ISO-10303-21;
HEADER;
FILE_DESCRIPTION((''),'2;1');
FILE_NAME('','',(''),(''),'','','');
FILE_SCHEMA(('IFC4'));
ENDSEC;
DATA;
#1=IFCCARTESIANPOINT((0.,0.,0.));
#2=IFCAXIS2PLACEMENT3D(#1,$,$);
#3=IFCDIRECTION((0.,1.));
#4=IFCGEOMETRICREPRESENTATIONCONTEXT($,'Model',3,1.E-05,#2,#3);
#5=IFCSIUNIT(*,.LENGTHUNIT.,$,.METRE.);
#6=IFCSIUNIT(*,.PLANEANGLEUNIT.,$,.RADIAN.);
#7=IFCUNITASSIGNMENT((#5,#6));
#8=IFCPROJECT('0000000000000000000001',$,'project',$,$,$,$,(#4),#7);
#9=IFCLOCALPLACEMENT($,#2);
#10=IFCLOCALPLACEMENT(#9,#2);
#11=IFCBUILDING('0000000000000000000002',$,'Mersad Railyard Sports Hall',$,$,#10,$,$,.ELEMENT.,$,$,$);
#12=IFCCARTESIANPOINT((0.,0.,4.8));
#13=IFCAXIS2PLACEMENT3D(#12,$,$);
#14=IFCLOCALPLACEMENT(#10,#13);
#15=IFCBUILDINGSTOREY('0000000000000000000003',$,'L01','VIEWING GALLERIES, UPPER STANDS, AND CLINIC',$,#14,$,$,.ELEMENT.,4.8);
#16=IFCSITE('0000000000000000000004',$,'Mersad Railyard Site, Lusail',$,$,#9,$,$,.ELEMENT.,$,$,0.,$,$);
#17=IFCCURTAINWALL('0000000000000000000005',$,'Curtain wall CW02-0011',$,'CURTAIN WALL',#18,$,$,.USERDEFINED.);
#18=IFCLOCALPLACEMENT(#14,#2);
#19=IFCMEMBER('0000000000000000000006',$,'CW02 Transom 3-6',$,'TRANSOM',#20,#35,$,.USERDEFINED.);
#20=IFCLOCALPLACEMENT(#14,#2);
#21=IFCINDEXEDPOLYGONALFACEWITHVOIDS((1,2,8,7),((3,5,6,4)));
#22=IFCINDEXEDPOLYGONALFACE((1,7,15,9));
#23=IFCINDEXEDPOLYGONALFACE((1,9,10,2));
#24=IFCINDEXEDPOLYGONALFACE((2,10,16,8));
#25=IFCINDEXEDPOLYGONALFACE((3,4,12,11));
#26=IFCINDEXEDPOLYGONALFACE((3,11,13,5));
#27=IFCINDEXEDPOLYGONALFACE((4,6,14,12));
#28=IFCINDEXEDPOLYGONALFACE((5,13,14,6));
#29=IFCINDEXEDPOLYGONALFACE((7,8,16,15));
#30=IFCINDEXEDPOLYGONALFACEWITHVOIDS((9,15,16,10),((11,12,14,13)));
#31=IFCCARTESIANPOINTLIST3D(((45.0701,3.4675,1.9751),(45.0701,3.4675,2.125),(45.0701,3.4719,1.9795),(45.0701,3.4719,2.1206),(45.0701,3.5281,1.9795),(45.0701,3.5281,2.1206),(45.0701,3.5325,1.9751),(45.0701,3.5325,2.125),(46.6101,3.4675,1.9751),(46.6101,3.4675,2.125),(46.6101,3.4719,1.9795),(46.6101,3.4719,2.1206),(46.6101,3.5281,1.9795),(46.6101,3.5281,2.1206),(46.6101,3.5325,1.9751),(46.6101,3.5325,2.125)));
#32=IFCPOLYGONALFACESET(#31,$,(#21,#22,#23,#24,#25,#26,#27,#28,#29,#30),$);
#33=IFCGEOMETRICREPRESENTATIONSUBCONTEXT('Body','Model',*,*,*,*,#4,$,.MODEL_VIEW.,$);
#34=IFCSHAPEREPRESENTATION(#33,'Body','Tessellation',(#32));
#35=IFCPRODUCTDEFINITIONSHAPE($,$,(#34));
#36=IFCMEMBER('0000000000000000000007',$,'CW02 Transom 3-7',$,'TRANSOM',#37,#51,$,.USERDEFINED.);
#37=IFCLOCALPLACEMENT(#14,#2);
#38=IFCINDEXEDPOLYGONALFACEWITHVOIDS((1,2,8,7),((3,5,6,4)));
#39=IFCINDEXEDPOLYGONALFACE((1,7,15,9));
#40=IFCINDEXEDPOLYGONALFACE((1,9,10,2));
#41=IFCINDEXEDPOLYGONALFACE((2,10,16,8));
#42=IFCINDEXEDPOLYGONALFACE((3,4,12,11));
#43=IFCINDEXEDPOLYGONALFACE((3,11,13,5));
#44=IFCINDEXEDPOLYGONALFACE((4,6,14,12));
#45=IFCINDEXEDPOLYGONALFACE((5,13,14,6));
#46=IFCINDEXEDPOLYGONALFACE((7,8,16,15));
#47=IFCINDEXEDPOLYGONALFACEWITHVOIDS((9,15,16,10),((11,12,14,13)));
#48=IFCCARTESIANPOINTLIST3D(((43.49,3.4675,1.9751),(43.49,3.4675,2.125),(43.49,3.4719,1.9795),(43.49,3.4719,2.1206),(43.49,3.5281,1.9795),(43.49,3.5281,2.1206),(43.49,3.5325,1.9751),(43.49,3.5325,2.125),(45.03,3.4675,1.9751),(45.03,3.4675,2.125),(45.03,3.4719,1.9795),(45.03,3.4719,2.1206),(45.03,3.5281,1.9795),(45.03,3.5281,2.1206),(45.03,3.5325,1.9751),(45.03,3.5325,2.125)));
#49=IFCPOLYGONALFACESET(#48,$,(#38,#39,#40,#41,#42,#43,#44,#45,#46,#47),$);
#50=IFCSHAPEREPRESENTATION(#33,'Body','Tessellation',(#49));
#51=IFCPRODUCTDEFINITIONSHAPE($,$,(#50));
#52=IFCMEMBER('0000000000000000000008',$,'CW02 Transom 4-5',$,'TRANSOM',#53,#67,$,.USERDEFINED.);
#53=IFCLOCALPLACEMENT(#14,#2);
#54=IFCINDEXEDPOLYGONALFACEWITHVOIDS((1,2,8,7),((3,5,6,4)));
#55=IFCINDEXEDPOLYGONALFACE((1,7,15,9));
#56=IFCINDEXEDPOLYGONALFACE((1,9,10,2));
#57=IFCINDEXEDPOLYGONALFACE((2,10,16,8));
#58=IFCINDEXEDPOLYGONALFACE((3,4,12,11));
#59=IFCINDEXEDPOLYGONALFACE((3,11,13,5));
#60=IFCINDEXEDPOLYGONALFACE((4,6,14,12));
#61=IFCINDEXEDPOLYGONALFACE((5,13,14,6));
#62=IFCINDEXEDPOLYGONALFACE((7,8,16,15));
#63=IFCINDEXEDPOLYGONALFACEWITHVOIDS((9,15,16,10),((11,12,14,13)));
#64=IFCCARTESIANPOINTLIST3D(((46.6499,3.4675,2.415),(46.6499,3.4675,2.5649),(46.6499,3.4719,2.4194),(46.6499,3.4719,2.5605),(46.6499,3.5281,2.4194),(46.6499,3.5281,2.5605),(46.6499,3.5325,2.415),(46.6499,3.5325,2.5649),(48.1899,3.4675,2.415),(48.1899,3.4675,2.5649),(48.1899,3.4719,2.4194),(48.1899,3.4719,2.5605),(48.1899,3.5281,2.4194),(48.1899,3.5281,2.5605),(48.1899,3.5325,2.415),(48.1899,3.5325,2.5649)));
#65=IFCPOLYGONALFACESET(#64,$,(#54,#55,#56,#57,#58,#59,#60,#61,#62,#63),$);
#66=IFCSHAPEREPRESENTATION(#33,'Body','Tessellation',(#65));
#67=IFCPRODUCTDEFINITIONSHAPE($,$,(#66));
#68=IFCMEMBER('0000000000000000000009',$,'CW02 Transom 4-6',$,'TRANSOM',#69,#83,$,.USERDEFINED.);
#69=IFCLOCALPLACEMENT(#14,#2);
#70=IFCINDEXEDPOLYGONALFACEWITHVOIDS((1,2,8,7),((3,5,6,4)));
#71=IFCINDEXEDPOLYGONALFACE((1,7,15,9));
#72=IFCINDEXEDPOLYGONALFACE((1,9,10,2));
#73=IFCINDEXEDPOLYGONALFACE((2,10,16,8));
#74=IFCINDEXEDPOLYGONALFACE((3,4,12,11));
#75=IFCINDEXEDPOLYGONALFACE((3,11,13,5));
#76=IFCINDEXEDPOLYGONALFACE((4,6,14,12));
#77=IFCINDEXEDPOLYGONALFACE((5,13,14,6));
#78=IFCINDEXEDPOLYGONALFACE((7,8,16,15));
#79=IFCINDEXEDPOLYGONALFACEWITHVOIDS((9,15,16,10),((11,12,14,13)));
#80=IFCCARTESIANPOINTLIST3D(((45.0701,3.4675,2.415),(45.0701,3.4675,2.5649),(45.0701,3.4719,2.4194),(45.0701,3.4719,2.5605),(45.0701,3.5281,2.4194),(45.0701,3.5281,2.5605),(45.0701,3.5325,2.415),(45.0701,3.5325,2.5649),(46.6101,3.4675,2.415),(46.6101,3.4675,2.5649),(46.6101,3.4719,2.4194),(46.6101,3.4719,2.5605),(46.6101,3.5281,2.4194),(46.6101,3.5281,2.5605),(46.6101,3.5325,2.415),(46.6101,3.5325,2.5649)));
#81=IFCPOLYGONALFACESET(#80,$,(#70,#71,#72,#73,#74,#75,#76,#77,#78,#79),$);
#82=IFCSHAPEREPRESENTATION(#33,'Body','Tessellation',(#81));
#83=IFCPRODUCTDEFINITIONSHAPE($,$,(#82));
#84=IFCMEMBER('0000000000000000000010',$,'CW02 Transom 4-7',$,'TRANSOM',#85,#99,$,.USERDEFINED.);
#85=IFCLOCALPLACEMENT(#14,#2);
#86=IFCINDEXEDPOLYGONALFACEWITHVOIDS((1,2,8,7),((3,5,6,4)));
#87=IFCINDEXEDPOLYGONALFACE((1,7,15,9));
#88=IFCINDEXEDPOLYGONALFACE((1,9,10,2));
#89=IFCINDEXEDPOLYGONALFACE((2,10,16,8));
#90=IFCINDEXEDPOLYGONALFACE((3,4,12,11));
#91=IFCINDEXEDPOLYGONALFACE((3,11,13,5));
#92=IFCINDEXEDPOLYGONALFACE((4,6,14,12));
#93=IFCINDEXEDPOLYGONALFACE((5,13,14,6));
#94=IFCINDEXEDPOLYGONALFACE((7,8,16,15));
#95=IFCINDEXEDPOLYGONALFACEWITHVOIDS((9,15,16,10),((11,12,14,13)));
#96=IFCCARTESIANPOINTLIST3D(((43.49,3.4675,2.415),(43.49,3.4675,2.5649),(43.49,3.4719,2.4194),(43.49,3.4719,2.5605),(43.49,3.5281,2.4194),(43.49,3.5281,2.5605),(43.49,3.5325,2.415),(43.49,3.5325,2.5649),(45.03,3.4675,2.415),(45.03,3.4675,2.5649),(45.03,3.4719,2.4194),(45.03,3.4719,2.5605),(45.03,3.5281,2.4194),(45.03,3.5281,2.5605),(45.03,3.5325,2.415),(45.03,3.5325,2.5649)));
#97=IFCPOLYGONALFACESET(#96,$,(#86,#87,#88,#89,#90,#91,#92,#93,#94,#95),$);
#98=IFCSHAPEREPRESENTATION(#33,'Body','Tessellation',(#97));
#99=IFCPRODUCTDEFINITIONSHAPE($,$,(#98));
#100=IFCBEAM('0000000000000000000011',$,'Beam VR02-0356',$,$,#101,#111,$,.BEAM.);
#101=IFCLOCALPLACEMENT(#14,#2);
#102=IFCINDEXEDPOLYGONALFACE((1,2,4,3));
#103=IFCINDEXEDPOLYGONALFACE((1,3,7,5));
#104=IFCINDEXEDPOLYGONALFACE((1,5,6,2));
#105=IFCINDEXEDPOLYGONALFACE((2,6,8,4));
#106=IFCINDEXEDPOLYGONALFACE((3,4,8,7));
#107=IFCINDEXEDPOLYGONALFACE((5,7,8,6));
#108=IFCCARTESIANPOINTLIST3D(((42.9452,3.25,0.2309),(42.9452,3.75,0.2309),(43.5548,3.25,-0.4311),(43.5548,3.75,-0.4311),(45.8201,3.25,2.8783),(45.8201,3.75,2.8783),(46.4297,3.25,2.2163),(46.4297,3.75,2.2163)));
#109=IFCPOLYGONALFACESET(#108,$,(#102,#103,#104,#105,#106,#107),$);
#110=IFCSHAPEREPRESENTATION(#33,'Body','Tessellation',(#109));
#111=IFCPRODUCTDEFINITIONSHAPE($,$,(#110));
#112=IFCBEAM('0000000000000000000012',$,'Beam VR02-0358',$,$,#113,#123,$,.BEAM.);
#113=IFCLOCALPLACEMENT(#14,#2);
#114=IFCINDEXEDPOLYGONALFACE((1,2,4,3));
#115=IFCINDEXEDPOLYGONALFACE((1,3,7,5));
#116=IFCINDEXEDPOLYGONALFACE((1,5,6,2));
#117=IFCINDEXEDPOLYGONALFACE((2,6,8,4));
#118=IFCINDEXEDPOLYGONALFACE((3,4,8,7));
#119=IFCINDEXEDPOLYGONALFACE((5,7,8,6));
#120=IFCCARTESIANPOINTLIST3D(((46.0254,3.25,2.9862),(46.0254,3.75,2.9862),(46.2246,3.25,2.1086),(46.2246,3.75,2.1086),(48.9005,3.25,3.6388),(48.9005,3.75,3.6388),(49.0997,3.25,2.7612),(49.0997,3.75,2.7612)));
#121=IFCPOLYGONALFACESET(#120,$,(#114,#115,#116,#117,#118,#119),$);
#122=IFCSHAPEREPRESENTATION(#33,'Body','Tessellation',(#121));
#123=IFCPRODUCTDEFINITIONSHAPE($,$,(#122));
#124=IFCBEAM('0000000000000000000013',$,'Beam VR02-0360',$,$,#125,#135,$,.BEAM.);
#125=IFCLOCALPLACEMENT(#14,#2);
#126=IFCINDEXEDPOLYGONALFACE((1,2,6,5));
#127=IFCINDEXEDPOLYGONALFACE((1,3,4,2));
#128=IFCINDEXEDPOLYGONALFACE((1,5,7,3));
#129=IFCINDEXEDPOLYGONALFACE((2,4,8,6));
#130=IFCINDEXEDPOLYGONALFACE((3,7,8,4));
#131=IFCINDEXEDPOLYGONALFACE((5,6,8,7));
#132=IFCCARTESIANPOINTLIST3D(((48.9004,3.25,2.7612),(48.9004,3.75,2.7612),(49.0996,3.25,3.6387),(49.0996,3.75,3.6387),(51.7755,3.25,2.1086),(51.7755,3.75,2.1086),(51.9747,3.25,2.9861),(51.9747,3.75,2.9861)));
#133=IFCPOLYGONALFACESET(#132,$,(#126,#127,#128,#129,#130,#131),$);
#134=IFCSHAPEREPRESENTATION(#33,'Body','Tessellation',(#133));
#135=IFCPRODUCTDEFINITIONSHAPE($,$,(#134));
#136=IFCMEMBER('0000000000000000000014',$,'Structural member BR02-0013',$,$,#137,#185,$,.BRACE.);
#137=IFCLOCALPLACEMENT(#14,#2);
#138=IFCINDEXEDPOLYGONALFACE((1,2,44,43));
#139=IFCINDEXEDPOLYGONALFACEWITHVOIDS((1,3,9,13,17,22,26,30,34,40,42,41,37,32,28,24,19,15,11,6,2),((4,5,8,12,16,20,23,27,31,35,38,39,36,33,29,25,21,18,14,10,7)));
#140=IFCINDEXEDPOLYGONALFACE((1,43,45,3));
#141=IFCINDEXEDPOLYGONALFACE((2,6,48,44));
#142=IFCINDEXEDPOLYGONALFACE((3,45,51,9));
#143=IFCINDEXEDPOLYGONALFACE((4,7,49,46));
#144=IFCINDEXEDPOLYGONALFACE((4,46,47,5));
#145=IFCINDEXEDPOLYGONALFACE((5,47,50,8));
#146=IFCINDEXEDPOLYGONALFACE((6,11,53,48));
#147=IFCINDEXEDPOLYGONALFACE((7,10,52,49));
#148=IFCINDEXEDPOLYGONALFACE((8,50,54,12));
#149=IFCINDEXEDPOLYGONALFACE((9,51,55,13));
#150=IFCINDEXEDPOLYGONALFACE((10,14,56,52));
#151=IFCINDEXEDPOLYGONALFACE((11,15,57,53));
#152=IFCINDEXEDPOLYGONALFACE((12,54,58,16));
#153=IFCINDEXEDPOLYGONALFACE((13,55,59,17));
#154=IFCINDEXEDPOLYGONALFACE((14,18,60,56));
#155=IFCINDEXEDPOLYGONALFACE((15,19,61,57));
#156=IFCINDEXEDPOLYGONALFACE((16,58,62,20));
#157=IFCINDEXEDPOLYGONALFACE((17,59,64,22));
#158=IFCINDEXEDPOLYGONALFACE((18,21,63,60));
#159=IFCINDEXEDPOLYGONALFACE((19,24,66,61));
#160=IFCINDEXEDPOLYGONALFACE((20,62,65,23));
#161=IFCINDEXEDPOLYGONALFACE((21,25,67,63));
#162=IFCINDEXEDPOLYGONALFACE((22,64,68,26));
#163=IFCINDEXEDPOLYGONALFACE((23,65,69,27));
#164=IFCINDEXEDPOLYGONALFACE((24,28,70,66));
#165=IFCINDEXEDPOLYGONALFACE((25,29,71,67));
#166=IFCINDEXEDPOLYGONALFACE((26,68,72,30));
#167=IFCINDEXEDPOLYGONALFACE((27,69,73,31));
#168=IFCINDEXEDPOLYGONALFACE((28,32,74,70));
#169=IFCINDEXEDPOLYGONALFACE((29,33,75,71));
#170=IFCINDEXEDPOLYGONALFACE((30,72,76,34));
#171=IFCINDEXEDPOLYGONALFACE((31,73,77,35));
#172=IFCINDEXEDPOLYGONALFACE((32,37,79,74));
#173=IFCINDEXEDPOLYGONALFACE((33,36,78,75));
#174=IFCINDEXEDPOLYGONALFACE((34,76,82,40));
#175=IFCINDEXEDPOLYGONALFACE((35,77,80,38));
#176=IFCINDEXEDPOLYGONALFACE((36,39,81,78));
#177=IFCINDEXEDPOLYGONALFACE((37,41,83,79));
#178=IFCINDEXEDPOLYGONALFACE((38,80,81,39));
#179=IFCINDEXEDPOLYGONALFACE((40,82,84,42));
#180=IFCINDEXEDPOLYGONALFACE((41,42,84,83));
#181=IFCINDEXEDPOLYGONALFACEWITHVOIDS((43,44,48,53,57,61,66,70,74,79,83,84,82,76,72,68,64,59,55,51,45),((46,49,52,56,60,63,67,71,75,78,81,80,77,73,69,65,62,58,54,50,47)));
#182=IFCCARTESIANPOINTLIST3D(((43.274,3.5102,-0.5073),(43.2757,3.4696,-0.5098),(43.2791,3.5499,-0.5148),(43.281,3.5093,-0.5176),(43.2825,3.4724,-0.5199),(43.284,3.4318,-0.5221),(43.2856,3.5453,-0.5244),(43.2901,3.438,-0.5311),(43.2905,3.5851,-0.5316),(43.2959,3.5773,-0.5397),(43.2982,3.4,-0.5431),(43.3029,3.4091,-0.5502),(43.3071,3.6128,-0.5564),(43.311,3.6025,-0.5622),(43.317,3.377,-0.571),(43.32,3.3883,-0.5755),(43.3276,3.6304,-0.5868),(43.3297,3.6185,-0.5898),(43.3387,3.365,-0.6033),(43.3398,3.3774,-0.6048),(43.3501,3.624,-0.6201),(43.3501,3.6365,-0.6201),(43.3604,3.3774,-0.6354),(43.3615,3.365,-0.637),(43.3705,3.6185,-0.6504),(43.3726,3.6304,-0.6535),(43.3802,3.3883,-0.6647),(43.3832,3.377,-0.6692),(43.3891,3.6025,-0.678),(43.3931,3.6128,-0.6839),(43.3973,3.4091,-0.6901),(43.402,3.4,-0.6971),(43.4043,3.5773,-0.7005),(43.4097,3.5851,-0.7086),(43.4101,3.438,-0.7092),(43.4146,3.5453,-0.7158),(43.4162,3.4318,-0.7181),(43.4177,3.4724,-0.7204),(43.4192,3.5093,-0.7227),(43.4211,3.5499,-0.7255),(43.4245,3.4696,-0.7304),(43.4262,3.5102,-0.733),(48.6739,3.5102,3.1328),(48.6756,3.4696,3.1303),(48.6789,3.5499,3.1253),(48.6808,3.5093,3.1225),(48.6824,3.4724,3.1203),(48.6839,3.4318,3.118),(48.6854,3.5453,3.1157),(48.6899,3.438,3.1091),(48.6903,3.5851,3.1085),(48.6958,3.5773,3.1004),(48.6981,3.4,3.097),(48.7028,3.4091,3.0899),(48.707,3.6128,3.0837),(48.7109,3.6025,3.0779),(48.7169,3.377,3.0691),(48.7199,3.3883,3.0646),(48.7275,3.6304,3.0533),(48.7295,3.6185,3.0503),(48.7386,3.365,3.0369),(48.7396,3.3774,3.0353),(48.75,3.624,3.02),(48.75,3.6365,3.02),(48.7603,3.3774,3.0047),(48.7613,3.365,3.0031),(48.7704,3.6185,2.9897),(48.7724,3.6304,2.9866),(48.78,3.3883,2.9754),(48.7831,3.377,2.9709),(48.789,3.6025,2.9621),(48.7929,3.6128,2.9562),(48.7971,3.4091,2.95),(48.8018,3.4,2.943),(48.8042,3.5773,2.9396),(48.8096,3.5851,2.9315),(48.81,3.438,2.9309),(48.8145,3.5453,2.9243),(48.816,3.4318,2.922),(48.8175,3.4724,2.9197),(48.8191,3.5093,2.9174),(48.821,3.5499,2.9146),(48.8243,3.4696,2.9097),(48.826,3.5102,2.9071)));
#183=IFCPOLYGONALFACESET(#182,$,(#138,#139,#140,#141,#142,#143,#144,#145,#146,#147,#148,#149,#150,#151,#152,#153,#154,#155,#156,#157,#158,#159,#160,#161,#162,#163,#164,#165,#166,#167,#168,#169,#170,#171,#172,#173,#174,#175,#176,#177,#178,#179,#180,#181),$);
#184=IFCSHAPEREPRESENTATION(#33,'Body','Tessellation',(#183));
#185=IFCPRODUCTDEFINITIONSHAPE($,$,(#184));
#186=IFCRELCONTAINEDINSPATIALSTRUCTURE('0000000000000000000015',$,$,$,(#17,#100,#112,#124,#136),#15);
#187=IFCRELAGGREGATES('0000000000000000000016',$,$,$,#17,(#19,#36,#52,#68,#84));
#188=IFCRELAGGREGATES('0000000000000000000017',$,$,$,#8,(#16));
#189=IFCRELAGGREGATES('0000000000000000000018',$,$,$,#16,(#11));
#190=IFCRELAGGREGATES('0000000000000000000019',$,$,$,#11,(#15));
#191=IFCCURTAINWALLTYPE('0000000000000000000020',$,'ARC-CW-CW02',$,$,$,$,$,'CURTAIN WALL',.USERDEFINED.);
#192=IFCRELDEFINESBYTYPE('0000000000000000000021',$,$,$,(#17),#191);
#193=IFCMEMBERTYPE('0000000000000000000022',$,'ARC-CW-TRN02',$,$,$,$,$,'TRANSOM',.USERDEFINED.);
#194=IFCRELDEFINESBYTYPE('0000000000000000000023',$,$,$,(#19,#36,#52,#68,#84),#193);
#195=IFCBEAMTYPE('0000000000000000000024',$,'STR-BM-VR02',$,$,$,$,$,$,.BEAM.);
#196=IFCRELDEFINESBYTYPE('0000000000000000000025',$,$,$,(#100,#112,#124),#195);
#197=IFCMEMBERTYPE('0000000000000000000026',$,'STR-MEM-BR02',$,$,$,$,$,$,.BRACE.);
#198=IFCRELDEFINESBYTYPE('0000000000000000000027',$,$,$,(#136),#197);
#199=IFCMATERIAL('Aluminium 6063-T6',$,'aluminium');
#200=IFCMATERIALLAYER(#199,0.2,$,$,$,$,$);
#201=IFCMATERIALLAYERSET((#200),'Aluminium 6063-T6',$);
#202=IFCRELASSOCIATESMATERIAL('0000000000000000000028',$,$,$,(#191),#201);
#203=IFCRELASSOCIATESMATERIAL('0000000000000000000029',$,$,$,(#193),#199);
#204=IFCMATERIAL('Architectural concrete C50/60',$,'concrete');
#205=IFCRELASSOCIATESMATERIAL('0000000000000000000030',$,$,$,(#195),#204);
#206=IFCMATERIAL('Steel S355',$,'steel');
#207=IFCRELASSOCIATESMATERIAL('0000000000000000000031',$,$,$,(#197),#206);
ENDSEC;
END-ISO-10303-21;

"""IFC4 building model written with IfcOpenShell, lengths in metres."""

from ifc_helpers import new_model, si_unit, direction, frame, origin, origin_2d, place, context, subcontext, project, spatial, rectangle, hollow_rectangle, hollow_circle, extrude, material, layer, layer_set, material_profile, profile_set, type_object, element, aggregate, save


model = new_model("IFC4")

# Units and contexts
model_context = context("Model", 3, precision=1e-05, world=origin(), true_north=direction((0.0, 1.0)))
body_context = subcontext(model_context, "Body", "Model", "MODEL_VIEW")
ifc_project = project(units=[si_unit("LENGTHUNIT", "METRE"), si_unit("PLANEANGLEUNIT", "RADIAN")], contexts=[model_context])

# Site, building, storey
site_placement = place(None, origin())
site = spatial("IfcSite", under=ifc_project, at=site_placement, Name="Mersad Railyard Site, Lusail", CompositionType="ELEMENT", RefElevation=0.0)
building_placement = place(site_placement, origin())
building = spatial("IfcBuilding", under=site, at=building_placement, Name="Mersad Railyard Sports Hall", CompositionType="ELEMENT")
storey_placement = place(building_placement, frame((0.0, 0.0, 4.8)))
storey = spatial("IfcBuildingStorey", under=building, at=storey_placement, Name="L01", Description="VIEWING GALLERIES, UPPER STANDS, AND CLINIC", CompositionType="ELEMENT", Elevation=4.8)

# Curtain wall, members
ifc_material_1 = material(Name="Aluminium 6063-T6", Category="aluminium")
ifc_layer_1 = layer(ifc_material_1, 0.2)
ifc_layer_set_1 = layer_set([ifc_layer_1], Name="Aluminium 6063-T6")
curtain_wall_type = type_object("IfcCurtainWallType", Name="ARC-CW-CW02", ElementType="CURTAIN WALL", PredefinedType="USERDEFINED", material=ifc_layer_set_1)
curtain_wall_placement = place(storey_placement, origin())
curtain_wall = element("IfcCurtainWall", 1, at=curtain_wall_placement, inside=storey, type_object=curtain_wall_type, Name="Curtain wall CW02-0011", ObjectType="CURTAIN WALL", PredefinedType="USERDEFINED")
ifc_material_profile_1 = material_profile(ifc_material_1, hollow_rectangle(XDim=0.0649, YDim=0.1499, WallThickness=0.0044, at=origin_2d()), Name="AL TRANSOM 65x150x4.5")
ifc_profile_set_1 = profile_set([ifc_material_profile_1], Name="Aluminium 6063-T6")
member_type_1 = type_object("IfcMemberType", Name="ARC-CW-TRN02", ElementType="TRANSOM", PredefinedType="USERDEFINED", material=ifc_profile_set_1)
member_1_placement = place(storey_placement, frame((46.6101, 3.5, 2.05), z_axis=(-1.0, 0.0, 0.0), x_axis=(0.0, -1.0, 0.0)))
member_1 = element("IfcMember", 2, at=member_1_placement, type_object=member_type_1, Name="CW02 Transom 3-6", ObjectType="TRANSOM", PredefinedType="USERDEFINED", context=body_context, shape_type="SweptSolid", body=[
    extrude(hollow_rectangle(XDim=0.0649, YDim=0.1499, WallThickness=0.0044, at=origin_2d()), origin(), (0.0, 0.0, 1.0), 1.54),
])
member_2_placement = place(storey_placement, frame((45.03, 3.5, 2.05), z_axis=(-1.0, 0.0, 0.0), x_axis=(0.0, -1.0, 0.0)))
member_2 = element("IfcMember", 3, at=member_2_placement, type_object=member_type_1, Name="CW02 Transom 3-7", ObjectType="TRANSOM", PredefinedType="USERDEFINED", context=body_context, shape_type="SweptSolid", body=[
    extrude(hollow_rectangle(XDim=0.0649, YDim=0.1499, WallThickness=0.0044, at=origin_2d()), origin(), (0.0, 0.0, 1.0), 1.54),
])
member_3_placement = place(storey_placement, frame((48.1899, 3.5, 2.49), z_axis=(-1.0, 0.0, 0.0), x_axis=(0.0, -1.0, 0.0)))
member_3 = element("IfcMember", 4, at=member_3_placement, type_object=member_type_1, Name="CW02 Transom 4-5", ObjectType="TRANSOM", PredefinedType="USERDEFINED", context=body_context, shape_type="SweptSolid", body=[
    extrude(hollow_rectangle(XDim=0.0649, YDim=0.1499, WallThickness=0.0044, at=origin_2d()), origin(), (0.0, 0.0, 1.0), 1.54),
])
member_4_placement = place(storey_placement, frame((46.6101, 3.5, 2.49), z_axis=(-1.0, 0.0, 0.0), x_axis=(0.0, -1.0, 0.0)))
member_4 = element("IfcMember", 5, at=member_4_placement, type_object=member_type_1, Name="CW02 Transom 4-6", ObjectType="TRANSOM", PredefinedType="USERDEFINED", context=body_context, shape_type="SweptSolid", body=[
    extrude(hollow_rectangle(XDim=0.0649, YDim=0.1499, WallThickness=0.0044, at=origin_2d()), origin(), (0.0, 0.0, 1.0), 1.54),
])
member_5_placement = place(storey_placement, frame((45.03, 3.5, 2.49), z_axis=(-1.0, 0.0, 0.0), x_axis=(0.0, -1.0, 0.0)))
member_5 = element("IfcMember", 6, at=member_5_placement, type_object=member_type_1, Name="CW02 Transom 4-7", ObjectType="TRANSOM", PredefinedType="USERDEFINED", context=body_context, shape_type="SweptSolid", body=[
    extrude(hollow_rectangle(XDim=0.0649, YDim=0.1499, WallThickness=0.0044, at=origin_2d()), origin(), (0.0, 0.0, 1.0), 1.54),
])

# Beams
ifc_material_2 = material(Name="Architectural concrete C50/60", Category="concrete")
ifc_material_profile_2 = material_profile(ifc_material_2, rectangle(XDim=0.5, YDim=0.8999, at=origin_2d()), Name="VR 500x900")
ifc_profile_set_2 = profile_set([ifc_material_profile_2], Name="Architectural concrete C50/60")
beam_type = type_object("IfcBeamType", Name="STR-BM-VR02", PredefinedType="BEAM", material=ifc_profile_set_2)
beam_placement = place(storey_placement, frame((43.25, 3.5, -0.1001), z_axis=(0.735617, 0.0, 0.677397), x_axis=(0.0, 1.0, 0.0)))
element("IfcBeam", 7, at=beam_placement, inside=storey, type_object=beam_type, Name="Beam VR02-0356", PredefinedType="BEAM", context=body_context, shape_type="SweptSolid", body=[
    extrude(rectangle(XDim=0.5, YDim=0.8999, at=origin_2d()), origin(), (0.0, 0.0, 1.0), 3.9082),
])
for number, where, z_axis, x_axis, name in (
    (8, (46.125, 3.5, 2.5474), (0.975193, 0.0, 0.221356), (0.0, 1.0, 0.0), "Beam VR02-0358"),
    (9, (49.0, 3.5, 3.2), (0.975193, 0.0, -0.221356), (0.0, 1.0, 0.0), "Beam VR02-0360"),
):
    element("IfcBeam", number, at=place(storey_placement, frame(where, z_axis=z_axis, x_axis=x_axis)), inside=storey, type_object=beam_type, Name=name, PredefinedType="BEAM", context=body_context, shape_type="SweptSolid", body=[
        extrude(rectangle(XDim=0.5, YDim=0.8999, at=origin_2d()), origin(), (0.0, 0.0, 1.0), 2.9482),
    ])

# Member
ifc_material_3 = material(Name="Steel S355", Category="steel")
ifc_material_profile_3 = material_profile(ifc_material_3, hollow_circle(Radius=0.1365, WallThickness=0.0125, at=origin_2d()), Name="CHS 273x12.5")
ifc_profile_set_3 = profile_set([ifc_material_profile_3], Name="Steel S355")
member_type_2 = type_object("IfcMemberType", Name="STR-MEM-BR02", PredefinedType="BRACE", material=ifc_profile_set_3)
member_6_placement = place(storey_placement, frame((43.3501, 3.5, -0.6201), z_axis=(0.82919, 0.0, 0.558967), x_axis=(0.0, 1.0, 0.0)))
element("IfcMember", 10, at=member_6_placement, inside=storey, type_object=member_type_2, Name="Structural member BR02-0013", PredefinedType="BRACE", context=body_context, shape_type="SweptSolid", body=[
    extrude(hollow_circle(Radius=0.1365, WallThickness=0.0125, at=origin_2d()), origin(), (0.0, 0.0, 1.0), 6.5122),
])

aggregate(curtain_wall, [member_1, member_2, member_3, member_4, member_5])

save(model, "model.ifc")
